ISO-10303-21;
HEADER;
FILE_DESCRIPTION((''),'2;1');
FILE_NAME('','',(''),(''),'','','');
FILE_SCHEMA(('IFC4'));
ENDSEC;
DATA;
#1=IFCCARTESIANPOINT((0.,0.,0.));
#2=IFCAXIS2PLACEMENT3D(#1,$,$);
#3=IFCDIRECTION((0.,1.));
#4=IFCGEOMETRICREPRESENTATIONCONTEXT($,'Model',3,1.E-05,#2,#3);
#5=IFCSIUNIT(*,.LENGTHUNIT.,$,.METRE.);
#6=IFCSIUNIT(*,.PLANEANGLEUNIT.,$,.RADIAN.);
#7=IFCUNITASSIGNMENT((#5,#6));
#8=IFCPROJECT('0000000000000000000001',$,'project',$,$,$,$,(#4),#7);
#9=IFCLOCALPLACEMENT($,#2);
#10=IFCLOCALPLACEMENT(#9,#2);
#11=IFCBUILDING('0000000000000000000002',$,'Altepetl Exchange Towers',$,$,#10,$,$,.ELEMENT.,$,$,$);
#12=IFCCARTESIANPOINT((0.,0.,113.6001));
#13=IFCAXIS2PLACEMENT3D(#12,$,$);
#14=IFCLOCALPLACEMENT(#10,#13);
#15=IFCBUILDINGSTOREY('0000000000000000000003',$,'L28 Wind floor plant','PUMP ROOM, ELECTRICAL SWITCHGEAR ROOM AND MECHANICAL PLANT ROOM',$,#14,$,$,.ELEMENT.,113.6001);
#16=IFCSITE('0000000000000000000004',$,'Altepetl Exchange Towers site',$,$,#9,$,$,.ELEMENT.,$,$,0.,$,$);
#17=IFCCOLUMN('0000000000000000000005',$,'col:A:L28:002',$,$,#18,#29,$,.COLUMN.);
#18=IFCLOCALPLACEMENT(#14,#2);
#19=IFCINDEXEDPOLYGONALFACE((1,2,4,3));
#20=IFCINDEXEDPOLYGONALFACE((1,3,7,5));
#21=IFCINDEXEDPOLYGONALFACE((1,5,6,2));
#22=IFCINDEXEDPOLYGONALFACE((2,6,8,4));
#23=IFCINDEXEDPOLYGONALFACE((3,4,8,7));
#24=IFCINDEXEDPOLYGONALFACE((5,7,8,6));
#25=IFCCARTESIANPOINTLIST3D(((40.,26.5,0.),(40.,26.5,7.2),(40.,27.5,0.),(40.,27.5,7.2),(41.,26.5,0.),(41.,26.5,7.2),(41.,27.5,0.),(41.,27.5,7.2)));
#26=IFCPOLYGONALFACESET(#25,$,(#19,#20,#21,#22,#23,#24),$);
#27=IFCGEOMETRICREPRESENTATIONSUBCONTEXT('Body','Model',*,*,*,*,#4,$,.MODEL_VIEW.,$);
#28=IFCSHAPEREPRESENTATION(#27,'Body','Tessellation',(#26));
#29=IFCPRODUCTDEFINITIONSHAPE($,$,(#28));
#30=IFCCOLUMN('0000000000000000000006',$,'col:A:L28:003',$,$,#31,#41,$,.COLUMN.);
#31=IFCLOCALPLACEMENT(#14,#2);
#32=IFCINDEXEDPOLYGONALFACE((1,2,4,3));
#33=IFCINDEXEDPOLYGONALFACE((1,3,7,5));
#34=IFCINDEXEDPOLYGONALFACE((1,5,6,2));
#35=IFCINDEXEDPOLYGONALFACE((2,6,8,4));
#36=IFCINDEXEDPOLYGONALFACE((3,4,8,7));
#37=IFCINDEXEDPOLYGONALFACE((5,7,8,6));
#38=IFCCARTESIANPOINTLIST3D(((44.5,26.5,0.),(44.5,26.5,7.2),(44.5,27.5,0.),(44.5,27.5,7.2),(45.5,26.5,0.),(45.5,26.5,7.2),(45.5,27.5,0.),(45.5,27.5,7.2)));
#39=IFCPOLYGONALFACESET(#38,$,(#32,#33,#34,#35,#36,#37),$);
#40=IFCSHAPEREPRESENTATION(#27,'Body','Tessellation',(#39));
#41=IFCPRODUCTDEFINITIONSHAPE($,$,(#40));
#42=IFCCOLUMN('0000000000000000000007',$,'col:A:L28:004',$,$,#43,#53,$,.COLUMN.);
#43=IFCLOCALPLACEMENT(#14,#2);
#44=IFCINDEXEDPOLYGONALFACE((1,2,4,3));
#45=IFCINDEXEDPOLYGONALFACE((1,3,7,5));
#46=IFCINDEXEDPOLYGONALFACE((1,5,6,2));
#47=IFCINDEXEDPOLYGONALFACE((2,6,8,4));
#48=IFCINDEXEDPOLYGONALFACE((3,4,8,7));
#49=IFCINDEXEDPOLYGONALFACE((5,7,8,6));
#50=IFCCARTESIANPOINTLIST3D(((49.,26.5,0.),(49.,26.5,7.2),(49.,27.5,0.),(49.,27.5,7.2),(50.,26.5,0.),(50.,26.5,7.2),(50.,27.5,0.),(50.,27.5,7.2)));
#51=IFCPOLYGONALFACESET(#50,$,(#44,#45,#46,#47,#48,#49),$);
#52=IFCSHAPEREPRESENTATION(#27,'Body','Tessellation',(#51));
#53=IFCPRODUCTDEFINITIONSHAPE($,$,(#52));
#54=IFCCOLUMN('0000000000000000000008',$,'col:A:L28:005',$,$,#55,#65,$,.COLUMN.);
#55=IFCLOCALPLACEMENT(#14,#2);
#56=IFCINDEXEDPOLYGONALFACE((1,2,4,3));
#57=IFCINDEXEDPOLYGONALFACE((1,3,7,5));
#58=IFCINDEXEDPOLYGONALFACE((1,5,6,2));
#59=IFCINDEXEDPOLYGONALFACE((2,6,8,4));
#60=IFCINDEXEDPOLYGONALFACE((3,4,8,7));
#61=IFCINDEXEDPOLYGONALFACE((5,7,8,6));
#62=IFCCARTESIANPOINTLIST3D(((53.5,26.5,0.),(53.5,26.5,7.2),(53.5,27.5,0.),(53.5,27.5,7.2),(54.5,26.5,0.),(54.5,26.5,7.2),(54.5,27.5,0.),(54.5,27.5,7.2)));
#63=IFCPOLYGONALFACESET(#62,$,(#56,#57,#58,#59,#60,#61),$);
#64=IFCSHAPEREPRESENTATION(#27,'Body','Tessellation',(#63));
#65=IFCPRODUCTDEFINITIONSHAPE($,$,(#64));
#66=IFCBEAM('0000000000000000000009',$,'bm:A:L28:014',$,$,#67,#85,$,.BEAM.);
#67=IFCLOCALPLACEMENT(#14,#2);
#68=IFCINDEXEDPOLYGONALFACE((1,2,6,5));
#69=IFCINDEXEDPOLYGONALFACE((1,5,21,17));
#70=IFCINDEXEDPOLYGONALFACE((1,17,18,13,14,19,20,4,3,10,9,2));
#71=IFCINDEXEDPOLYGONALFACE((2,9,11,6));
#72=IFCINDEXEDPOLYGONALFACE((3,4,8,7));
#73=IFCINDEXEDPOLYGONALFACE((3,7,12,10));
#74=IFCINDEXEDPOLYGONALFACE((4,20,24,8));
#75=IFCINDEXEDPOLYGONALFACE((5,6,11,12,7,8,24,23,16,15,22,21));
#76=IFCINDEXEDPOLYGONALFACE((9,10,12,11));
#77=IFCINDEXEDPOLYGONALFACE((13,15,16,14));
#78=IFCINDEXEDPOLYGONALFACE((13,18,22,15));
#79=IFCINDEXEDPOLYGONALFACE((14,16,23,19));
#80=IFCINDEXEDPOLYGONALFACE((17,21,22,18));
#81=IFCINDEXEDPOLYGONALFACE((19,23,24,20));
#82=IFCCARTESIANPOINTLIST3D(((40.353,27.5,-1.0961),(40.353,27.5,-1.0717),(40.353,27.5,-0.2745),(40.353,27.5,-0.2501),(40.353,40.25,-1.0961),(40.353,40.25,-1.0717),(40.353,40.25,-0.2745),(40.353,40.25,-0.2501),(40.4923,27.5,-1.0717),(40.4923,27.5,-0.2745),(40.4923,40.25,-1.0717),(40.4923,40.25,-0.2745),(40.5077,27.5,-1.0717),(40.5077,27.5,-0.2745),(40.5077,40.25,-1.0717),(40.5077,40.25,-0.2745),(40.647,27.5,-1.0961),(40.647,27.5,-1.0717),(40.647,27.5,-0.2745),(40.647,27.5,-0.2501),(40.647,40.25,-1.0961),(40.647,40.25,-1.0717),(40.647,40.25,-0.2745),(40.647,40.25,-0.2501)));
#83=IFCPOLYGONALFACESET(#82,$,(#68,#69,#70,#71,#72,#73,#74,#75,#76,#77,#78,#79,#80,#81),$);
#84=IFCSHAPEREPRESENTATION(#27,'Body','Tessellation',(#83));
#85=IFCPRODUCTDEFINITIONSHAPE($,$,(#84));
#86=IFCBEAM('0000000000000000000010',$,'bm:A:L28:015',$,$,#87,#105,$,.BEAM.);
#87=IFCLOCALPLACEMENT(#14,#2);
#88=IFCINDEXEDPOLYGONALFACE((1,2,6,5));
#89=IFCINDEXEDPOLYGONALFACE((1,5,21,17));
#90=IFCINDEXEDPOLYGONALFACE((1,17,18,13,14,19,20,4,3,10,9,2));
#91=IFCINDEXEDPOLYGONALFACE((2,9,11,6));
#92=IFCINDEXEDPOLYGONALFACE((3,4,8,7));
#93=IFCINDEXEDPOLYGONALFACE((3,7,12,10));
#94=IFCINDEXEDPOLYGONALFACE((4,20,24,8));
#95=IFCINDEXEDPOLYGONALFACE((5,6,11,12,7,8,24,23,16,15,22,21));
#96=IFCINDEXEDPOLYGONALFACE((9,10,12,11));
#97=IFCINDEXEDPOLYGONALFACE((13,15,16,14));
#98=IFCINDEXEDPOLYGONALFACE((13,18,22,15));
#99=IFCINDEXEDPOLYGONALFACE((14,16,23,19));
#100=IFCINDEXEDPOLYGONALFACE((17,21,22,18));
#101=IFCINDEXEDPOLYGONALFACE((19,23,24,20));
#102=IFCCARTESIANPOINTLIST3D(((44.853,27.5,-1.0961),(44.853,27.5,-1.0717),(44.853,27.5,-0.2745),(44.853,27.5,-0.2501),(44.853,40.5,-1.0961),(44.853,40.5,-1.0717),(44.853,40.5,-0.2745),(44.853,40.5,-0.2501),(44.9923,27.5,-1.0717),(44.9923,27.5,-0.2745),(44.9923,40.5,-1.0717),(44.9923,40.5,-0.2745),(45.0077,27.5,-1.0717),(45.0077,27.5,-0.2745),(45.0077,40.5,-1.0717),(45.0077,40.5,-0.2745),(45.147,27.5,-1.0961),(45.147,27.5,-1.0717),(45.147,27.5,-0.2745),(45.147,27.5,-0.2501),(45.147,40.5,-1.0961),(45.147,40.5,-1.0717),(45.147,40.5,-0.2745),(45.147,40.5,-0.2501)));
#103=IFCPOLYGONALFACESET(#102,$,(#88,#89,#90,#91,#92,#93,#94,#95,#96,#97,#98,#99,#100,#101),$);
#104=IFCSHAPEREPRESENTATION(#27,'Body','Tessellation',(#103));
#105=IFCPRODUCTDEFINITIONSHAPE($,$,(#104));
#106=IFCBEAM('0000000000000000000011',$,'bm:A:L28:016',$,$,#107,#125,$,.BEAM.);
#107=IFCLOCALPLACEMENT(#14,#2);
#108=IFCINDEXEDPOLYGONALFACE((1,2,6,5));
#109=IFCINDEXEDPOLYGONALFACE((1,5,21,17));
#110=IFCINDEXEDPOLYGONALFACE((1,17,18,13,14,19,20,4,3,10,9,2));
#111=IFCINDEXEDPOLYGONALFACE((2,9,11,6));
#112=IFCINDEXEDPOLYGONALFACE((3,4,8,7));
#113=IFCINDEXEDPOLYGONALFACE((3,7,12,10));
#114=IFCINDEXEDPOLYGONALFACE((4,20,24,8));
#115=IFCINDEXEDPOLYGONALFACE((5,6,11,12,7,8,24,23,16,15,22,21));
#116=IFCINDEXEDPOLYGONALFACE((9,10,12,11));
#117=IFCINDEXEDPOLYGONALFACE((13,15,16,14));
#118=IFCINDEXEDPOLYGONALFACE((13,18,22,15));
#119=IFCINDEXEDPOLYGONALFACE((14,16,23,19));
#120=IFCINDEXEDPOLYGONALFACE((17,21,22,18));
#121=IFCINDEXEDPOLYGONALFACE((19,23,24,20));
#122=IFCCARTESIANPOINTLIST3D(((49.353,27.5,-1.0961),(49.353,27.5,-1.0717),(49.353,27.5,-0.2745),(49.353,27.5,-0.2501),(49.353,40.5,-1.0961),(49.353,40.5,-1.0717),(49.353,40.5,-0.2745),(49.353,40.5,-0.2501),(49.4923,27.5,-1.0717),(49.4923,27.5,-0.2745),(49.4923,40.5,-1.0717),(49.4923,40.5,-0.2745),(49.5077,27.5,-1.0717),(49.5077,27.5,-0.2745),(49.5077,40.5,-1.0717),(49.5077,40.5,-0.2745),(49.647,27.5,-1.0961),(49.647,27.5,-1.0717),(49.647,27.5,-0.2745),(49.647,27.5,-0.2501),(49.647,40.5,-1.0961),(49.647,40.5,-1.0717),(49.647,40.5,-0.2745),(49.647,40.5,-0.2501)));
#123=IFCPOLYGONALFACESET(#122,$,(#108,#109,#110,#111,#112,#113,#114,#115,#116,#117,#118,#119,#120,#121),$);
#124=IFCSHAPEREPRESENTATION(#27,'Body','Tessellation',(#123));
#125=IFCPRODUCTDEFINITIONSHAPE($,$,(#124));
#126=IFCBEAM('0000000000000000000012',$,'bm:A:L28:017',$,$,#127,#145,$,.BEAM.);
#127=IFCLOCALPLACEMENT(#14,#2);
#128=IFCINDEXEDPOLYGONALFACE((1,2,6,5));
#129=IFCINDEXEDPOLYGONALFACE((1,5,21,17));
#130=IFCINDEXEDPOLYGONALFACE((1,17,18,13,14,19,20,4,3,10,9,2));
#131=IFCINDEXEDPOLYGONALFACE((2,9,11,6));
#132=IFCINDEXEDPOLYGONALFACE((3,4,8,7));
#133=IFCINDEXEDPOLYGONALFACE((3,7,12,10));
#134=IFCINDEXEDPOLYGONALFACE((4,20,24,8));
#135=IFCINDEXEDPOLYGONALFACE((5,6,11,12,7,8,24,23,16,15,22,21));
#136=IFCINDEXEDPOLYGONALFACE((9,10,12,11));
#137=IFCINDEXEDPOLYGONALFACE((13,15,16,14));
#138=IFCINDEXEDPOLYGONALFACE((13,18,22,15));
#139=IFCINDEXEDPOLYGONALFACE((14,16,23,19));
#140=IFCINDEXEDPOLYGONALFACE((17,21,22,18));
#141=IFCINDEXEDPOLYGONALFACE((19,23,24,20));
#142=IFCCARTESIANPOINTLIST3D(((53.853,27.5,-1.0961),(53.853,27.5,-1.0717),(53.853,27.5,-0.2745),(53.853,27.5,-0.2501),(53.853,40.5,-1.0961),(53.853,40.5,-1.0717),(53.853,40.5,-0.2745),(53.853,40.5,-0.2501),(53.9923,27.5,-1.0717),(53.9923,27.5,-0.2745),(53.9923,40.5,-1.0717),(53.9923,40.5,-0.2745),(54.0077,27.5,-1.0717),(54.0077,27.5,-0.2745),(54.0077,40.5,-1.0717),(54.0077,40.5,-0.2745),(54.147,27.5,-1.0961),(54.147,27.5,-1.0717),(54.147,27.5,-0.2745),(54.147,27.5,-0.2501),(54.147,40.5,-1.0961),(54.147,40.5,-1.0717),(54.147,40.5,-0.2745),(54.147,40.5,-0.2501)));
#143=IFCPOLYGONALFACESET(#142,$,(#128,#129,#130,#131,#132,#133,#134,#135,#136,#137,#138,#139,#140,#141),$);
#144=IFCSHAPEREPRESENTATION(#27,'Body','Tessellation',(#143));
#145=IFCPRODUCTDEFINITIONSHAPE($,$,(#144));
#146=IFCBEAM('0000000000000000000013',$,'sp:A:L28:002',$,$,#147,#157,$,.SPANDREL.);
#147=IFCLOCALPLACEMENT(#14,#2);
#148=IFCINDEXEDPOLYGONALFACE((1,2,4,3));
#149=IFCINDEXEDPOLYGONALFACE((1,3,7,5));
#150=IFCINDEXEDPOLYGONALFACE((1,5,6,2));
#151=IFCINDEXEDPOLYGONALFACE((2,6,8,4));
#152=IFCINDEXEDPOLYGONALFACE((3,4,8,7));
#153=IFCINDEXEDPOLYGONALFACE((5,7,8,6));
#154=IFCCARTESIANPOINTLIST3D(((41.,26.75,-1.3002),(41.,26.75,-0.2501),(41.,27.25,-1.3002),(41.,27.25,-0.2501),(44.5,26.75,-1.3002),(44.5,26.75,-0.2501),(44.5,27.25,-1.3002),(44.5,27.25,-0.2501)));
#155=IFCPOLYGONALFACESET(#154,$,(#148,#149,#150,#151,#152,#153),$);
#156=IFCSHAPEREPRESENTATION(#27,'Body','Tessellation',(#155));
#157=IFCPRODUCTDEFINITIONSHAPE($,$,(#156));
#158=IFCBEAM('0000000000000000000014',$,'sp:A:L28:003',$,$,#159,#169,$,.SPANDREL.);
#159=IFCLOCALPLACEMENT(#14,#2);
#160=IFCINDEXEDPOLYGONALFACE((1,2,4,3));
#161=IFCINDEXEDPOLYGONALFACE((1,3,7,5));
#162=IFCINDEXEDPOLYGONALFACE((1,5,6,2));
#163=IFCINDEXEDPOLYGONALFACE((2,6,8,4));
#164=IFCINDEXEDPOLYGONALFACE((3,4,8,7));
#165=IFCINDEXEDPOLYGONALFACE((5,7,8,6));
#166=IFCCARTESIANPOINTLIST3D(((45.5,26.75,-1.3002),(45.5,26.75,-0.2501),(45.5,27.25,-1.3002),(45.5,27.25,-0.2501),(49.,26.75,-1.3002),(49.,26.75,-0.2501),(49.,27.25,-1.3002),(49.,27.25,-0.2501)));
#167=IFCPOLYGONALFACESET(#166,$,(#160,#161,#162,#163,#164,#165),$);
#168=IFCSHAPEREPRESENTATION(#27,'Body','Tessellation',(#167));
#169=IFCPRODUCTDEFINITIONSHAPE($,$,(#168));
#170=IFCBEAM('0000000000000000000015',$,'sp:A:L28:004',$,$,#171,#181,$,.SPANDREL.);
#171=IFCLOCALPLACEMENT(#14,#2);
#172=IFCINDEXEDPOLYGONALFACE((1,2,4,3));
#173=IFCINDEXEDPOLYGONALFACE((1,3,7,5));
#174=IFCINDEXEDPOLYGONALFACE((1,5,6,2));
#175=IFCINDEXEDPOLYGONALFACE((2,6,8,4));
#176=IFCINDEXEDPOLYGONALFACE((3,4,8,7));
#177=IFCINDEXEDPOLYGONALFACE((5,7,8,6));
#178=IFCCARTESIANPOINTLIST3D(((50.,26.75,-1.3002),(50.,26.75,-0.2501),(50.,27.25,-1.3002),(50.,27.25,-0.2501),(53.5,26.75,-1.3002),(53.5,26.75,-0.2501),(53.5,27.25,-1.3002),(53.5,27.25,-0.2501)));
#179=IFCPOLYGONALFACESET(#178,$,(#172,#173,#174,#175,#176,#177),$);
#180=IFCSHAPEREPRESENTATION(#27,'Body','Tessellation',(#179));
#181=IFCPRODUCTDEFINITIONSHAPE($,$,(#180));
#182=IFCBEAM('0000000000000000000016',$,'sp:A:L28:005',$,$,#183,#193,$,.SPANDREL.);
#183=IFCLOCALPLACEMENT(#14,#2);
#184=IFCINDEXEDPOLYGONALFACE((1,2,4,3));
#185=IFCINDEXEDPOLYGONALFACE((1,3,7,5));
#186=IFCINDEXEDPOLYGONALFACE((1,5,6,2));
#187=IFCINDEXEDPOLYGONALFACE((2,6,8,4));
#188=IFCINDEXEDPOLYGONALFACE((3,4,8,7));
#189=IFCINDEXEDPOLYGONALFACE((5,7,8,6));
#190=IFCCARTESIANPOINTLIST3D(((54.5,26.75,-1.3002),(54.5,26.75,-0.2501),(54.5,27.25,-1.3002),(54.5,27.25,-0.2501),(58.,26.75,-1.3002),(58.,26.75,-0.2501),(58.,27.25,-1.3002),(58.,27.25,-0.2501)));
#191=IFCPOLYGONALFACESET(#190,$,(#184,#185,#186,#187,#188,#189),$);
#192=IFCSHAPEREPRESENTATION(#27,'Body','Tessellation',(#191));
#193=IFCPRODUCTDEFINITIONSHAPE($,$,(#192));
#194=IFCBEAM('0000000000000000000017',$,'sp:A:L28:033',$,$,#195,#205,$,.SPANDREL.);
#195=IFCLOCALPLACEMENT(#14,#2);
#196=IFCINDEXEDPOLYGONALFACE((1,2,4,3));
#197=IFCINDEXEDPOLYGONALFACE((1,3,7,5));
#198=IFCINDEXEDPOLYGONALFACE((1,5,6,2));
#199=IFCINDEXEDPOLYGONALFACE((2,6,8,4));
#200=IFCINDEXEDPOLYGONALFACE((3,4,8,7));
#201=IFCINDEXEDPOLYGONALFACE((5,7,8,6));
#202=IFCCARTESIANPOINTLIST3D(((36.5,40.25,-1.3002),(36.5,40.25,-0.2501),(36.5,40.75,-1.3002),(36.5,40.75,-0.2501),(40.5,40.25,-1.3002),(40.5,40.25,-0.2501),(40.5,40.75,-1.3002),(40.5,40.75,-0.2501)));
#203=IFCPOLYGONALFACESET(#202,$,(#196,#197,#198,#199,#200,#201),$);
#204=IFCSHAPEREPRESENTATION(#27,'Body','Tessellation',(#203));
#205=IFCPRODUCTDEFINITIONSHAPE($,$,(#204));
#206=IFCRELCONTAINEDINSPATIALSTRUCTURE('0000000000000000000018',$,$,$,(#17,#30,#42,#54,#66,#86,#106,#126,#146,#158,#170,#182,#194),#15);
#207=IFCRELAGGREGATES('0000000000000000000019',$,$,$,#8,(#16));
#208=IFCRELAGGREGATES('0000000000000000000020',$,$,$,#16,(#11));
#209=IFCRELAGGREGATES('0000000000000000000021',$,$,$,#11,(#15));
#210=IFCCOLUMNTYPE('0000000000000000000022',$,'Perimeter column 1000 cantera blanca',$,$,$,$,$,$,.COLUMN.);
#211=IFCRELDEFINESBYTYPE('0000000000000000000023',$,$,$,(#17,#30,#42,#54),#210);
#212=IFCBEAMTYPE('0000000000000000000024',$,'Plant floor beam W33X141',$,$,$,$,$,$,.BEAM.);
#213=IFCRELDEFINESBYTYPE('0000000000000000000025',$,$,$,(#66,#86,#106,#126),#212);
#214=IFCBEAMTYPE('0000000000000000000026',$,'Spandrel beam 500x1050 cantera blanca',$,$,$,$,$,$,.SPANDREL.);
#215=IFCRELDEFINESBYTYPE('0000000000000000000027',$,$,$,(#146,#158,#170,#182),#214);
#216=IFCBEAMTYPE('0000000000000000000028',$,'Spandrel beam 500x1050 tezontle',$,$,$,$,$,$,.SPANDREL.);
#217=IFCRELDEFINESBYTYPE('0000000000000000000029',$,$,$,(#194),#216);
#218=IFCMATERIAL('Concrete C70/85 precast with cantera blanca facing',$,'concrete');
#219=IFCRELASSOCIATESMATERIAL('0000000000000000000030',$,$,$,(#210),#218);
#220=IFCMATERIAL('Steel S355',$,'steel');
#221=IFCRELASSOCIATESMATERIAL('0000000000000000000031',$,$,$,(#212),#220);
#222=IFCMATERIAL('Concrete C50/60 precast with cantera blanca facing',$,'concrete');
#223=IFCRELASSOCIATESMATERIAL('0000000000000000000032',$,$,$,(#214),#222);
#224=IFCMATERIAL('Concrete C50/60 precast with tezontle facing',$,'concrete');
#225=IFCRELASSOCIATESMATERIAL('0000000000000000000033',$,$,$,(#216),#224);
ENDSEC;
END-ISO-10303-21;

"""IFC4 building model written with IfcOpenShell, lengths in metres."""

from ifc_helpers import new_model, si_unit, direction, frame, origin, origin_2d, place, context, subcontext, project, spatial, rectangle, i_section, extrude, material, material_profile, profile_set, type_object, element, save


model = new_model("IFC4")

# Units and contexts
model_context = context("Model", 3, precision=1e-05, world=origin(), true_north=direction((0.0, 1.0)))
body_context = subcontext(model_context, "Body", "Model", "MODEL_VIEW")
ifc_project = project(units=[si_unit("LENGTHUNIT", "METRE"), si_unit("PLANEANGLEUNIT", "RADIAN")], contexts=[model_context])

# Site, building, storey
site_placement = place(None, origin())
site = spatial("IfcSite", under=ifc_project, at=site_placement, Name="Altepetl Exchange Towers site", CompositionType="ELEMENT", RefElevation=0.0)
building_placement = place(site_placement, origin())
building = spatial("IfcBuilding", under=site, at=building_placement, Name="Altepetl Exchange Towers", CompositionType="ELEMENT")
storey_placement = place(building_placement, frame((0.0, 0.0, 113.6001)))
storey = spatial("IfcBuildingStorey", under=building, at=storey_placement, Name="L28 Wind floor plant", Description="PUMP ROOM, ELECTRICAL SWITCHGEAR ROOM AND MECHANICAL PLANT ROOM", CompositionType="ELEMENT", Elevation=113.6001)

# Columns
ifc_material_1 = material(Name="Concrete C70/85 precast with cantera blanca facing", Category="concrete")
ifc_material_profile_1 = material_profile(ifc_material_1, rectangle(XDim=1.0, YDim=1.0, at=origin_2d()), Name="1000 x 1000")
ifc_profile_set_1 = profile_set([ifc_material_profile_1], Name="Concrete C70/85 precast with cantera blanca facing")
column_type = type_object("IfcColumnType", Name="Perimeter column 1000 cantera blanca", PredefinedType="COLUMN", material=ifc_profile_set_1)
for number, where, name in (
    (1, (40.5, 27.0, 0.0), "col:A:L28:002"),
    (2, (45.0, 27.0, 0.0), "col:A:L28:003"),
    (3, (49.5, 27.0, 0.0), "col:A:L28:004"),
    (4, (54.0, 27.0, 0.0), "col:A:L28:005"),
):
    element("IfcColumn", number, at=place(storey_placement, frame(where)), inside=storey, type_object=column_type, Name=name, PredefinedType="COLUMN", context=body_context, shape_type="SweptSolid", body=[
        extrude(rectangle(XDim=1.0, YDim=1.0, at=origin_2d()), origin(), (0.0, 0.0, 1.0), 7.2),
    ])

# Beams
ifc_material_2 = material(Name="Steel S355", Category="steel")
ifc_material_profile_2 = material_profile(ifc_material_2, i_section(OverallWidth=0.2939, OverallDepth=0.8459, WebThickness=0.0154, FlangeThickness=0.0244, at=origin_2d()), Name="W33X141")
ifc_profile_set_2 = profile_set([ifc_material_profile_2], Name="Steel S355")
beam_type_1 = type_object("IfcBeamType", Name="Plant floor beam W33X141", PredefinedType="BEAM", material=ifc_profile_set_2)
beam_1_placement = place(storey_placement, frame((40.5, 27.5, -0.6731), z_axis=(0.0, 1.0, 0.0), x_axis=(-1.0, 0.0, 0.0)))
element("IfcBeam", 5, at=beam_1_placement, inside=storey, type_object=beam_type_1, Name="bm:A:L28:014", PredefinedType="BEAM", context=body_context, shape_type="SweptSolid", body=[
    extrude(i_section(OverallWidth=0.2939, OverallDepth=0.8459, WebThickness=0.0154, FlangeThickness=0.0244, at=origin_2d()), origin(), (0.0, 0.0, 1.0), 12.75),
])
for number, where, z_axis, x_axis, name in (
    (6, (45.0, 27.5, -0.6731), (0.0, 1.0, 0.0), (-1.0, 0.0, 0.0), "bm:A:L28:015"),
    (7, (49.5, 27.5, -0.6731), (0.0, 1.0, 0.0), (-1.0, 0.0, 0.0), "bm:A:L28:016"),
    (8, (54.0, 27.5, -0.6731), (0.0, 1.0, 0.0), (-1.0, 0.0, 0.0), "bm:A:L28:017"),
):
    element("IfcBeam", number, at=place(storey_placement, frame(where, z_axis=z_axis, x_axis=x_axis)), inside=storey, type_object=beam_type_1, Name=name, PredefinedType="BEAM", context=body_context, shape_type="SweptSolid", body=[
        extrude(i_section(OverallWidth=0.2939, OverallDepth=0.8459, WebThickness=0.0154, FlangeThickness=0.0244, at=origin_2d()), origin(), (0.0, 0.0, 1.0), 13.0),
    ])
ifc_material_3 = material(Name="Concrete C50/60 precast with cantera blanca facing", Category="concrete")
ifc_material_profile_3 = material_profile(ifc_material_3, rectangle(XDim=0.5, YDim=1.05, at=origin_2d()), Name="500 x 1050")
ifc_profile_set_3 = profile_set([ifc_material_profile_3], Name="Concrete C50/60 precast with cantera blanca facing")
beam_type_2 = type_object("IfcBeamType", Name="Spandrel beam 500x1050 cantera blanca", PredefinedType="SPANDREL", material=ifc_profile_set_3)
for number, where, z_axis, x_axis, name in (
    (9, (41.0, 27.0, -0.7751), (1.0, 0.0, 0.0), (0.0, 1.0, 0.0), "sp:A:L28:002"),
    (10, (45.5, 27.0, -0.7751), (1.0, 0.0, 0.0), (0.0, 1.0, 0.0), "sp:A:L28:003"),
    (11, (50.0, 27.0, -0.7751), (1.0, 0.0, 0.0), (0.0, 1.0, 0.0), "sp:A:L28:004"),
    (12, (54.5, 27.0, -0.7751), (1.0, 0.0, 0.0), (0.0, 1.0, 0.0), "sp:A:L28:005"),
):
    element("IfcBeam", number, at=place(storey_placement, frame(where, z_axis=z_axis, x_axis=x_axis)), inside=storey, type_object=beam_type_2, Name=name, PredefinedType="SPANDREL", context=body_context, shape_type="SweptSolid", body=[
        extrude(rectangle(XDim=0.5, YDim=1.05, at=origin_2d()), origin(), (0.0, 0.0, 1.0), 3.5),
    ])
ifc_material_4 = material(Name="Concrete C50/60 precast with tezontle facing", Category="concrete")
ifc_material_profile_4 = material_profile(ifc_material_4, rectangle(XDim=0.5, YDim=1.05, at=origin_2d()), Name="500 x 1050")
ifc_profile_set_4 = profile_set([ifc_material_profile_4], Name="Concrete C50/60 precast with tezontle facing")
beam_type_3 = type_object("IfcBeamType", Name="Spandrel beam 500x1050 tezontle", PredefinedType="SPANDREL", material=ifc_profile_set_4)
beam_2_placement = place(storey_placement, frame((40.5, 40.5, -0.7751), z_axis=(-1.0, 0.0, 0.0), x_axis=(0.0, -1.0, 0.0)))
element("IfcBeam", 13, at=beam_2_placement, inside=storey, type_object=beam_type_3, Name="sp:A:L28:033", PredefinedType="SPANDREL", context=body_context, shape_type="SweptSolid", body=[
    extrude(rectangle(XDim=0.5, YDim=1.05, at=origin_2d()), origin(), (0.0, 0.0, 1.0), 4.0),
])

save(model, "model.ifc")
